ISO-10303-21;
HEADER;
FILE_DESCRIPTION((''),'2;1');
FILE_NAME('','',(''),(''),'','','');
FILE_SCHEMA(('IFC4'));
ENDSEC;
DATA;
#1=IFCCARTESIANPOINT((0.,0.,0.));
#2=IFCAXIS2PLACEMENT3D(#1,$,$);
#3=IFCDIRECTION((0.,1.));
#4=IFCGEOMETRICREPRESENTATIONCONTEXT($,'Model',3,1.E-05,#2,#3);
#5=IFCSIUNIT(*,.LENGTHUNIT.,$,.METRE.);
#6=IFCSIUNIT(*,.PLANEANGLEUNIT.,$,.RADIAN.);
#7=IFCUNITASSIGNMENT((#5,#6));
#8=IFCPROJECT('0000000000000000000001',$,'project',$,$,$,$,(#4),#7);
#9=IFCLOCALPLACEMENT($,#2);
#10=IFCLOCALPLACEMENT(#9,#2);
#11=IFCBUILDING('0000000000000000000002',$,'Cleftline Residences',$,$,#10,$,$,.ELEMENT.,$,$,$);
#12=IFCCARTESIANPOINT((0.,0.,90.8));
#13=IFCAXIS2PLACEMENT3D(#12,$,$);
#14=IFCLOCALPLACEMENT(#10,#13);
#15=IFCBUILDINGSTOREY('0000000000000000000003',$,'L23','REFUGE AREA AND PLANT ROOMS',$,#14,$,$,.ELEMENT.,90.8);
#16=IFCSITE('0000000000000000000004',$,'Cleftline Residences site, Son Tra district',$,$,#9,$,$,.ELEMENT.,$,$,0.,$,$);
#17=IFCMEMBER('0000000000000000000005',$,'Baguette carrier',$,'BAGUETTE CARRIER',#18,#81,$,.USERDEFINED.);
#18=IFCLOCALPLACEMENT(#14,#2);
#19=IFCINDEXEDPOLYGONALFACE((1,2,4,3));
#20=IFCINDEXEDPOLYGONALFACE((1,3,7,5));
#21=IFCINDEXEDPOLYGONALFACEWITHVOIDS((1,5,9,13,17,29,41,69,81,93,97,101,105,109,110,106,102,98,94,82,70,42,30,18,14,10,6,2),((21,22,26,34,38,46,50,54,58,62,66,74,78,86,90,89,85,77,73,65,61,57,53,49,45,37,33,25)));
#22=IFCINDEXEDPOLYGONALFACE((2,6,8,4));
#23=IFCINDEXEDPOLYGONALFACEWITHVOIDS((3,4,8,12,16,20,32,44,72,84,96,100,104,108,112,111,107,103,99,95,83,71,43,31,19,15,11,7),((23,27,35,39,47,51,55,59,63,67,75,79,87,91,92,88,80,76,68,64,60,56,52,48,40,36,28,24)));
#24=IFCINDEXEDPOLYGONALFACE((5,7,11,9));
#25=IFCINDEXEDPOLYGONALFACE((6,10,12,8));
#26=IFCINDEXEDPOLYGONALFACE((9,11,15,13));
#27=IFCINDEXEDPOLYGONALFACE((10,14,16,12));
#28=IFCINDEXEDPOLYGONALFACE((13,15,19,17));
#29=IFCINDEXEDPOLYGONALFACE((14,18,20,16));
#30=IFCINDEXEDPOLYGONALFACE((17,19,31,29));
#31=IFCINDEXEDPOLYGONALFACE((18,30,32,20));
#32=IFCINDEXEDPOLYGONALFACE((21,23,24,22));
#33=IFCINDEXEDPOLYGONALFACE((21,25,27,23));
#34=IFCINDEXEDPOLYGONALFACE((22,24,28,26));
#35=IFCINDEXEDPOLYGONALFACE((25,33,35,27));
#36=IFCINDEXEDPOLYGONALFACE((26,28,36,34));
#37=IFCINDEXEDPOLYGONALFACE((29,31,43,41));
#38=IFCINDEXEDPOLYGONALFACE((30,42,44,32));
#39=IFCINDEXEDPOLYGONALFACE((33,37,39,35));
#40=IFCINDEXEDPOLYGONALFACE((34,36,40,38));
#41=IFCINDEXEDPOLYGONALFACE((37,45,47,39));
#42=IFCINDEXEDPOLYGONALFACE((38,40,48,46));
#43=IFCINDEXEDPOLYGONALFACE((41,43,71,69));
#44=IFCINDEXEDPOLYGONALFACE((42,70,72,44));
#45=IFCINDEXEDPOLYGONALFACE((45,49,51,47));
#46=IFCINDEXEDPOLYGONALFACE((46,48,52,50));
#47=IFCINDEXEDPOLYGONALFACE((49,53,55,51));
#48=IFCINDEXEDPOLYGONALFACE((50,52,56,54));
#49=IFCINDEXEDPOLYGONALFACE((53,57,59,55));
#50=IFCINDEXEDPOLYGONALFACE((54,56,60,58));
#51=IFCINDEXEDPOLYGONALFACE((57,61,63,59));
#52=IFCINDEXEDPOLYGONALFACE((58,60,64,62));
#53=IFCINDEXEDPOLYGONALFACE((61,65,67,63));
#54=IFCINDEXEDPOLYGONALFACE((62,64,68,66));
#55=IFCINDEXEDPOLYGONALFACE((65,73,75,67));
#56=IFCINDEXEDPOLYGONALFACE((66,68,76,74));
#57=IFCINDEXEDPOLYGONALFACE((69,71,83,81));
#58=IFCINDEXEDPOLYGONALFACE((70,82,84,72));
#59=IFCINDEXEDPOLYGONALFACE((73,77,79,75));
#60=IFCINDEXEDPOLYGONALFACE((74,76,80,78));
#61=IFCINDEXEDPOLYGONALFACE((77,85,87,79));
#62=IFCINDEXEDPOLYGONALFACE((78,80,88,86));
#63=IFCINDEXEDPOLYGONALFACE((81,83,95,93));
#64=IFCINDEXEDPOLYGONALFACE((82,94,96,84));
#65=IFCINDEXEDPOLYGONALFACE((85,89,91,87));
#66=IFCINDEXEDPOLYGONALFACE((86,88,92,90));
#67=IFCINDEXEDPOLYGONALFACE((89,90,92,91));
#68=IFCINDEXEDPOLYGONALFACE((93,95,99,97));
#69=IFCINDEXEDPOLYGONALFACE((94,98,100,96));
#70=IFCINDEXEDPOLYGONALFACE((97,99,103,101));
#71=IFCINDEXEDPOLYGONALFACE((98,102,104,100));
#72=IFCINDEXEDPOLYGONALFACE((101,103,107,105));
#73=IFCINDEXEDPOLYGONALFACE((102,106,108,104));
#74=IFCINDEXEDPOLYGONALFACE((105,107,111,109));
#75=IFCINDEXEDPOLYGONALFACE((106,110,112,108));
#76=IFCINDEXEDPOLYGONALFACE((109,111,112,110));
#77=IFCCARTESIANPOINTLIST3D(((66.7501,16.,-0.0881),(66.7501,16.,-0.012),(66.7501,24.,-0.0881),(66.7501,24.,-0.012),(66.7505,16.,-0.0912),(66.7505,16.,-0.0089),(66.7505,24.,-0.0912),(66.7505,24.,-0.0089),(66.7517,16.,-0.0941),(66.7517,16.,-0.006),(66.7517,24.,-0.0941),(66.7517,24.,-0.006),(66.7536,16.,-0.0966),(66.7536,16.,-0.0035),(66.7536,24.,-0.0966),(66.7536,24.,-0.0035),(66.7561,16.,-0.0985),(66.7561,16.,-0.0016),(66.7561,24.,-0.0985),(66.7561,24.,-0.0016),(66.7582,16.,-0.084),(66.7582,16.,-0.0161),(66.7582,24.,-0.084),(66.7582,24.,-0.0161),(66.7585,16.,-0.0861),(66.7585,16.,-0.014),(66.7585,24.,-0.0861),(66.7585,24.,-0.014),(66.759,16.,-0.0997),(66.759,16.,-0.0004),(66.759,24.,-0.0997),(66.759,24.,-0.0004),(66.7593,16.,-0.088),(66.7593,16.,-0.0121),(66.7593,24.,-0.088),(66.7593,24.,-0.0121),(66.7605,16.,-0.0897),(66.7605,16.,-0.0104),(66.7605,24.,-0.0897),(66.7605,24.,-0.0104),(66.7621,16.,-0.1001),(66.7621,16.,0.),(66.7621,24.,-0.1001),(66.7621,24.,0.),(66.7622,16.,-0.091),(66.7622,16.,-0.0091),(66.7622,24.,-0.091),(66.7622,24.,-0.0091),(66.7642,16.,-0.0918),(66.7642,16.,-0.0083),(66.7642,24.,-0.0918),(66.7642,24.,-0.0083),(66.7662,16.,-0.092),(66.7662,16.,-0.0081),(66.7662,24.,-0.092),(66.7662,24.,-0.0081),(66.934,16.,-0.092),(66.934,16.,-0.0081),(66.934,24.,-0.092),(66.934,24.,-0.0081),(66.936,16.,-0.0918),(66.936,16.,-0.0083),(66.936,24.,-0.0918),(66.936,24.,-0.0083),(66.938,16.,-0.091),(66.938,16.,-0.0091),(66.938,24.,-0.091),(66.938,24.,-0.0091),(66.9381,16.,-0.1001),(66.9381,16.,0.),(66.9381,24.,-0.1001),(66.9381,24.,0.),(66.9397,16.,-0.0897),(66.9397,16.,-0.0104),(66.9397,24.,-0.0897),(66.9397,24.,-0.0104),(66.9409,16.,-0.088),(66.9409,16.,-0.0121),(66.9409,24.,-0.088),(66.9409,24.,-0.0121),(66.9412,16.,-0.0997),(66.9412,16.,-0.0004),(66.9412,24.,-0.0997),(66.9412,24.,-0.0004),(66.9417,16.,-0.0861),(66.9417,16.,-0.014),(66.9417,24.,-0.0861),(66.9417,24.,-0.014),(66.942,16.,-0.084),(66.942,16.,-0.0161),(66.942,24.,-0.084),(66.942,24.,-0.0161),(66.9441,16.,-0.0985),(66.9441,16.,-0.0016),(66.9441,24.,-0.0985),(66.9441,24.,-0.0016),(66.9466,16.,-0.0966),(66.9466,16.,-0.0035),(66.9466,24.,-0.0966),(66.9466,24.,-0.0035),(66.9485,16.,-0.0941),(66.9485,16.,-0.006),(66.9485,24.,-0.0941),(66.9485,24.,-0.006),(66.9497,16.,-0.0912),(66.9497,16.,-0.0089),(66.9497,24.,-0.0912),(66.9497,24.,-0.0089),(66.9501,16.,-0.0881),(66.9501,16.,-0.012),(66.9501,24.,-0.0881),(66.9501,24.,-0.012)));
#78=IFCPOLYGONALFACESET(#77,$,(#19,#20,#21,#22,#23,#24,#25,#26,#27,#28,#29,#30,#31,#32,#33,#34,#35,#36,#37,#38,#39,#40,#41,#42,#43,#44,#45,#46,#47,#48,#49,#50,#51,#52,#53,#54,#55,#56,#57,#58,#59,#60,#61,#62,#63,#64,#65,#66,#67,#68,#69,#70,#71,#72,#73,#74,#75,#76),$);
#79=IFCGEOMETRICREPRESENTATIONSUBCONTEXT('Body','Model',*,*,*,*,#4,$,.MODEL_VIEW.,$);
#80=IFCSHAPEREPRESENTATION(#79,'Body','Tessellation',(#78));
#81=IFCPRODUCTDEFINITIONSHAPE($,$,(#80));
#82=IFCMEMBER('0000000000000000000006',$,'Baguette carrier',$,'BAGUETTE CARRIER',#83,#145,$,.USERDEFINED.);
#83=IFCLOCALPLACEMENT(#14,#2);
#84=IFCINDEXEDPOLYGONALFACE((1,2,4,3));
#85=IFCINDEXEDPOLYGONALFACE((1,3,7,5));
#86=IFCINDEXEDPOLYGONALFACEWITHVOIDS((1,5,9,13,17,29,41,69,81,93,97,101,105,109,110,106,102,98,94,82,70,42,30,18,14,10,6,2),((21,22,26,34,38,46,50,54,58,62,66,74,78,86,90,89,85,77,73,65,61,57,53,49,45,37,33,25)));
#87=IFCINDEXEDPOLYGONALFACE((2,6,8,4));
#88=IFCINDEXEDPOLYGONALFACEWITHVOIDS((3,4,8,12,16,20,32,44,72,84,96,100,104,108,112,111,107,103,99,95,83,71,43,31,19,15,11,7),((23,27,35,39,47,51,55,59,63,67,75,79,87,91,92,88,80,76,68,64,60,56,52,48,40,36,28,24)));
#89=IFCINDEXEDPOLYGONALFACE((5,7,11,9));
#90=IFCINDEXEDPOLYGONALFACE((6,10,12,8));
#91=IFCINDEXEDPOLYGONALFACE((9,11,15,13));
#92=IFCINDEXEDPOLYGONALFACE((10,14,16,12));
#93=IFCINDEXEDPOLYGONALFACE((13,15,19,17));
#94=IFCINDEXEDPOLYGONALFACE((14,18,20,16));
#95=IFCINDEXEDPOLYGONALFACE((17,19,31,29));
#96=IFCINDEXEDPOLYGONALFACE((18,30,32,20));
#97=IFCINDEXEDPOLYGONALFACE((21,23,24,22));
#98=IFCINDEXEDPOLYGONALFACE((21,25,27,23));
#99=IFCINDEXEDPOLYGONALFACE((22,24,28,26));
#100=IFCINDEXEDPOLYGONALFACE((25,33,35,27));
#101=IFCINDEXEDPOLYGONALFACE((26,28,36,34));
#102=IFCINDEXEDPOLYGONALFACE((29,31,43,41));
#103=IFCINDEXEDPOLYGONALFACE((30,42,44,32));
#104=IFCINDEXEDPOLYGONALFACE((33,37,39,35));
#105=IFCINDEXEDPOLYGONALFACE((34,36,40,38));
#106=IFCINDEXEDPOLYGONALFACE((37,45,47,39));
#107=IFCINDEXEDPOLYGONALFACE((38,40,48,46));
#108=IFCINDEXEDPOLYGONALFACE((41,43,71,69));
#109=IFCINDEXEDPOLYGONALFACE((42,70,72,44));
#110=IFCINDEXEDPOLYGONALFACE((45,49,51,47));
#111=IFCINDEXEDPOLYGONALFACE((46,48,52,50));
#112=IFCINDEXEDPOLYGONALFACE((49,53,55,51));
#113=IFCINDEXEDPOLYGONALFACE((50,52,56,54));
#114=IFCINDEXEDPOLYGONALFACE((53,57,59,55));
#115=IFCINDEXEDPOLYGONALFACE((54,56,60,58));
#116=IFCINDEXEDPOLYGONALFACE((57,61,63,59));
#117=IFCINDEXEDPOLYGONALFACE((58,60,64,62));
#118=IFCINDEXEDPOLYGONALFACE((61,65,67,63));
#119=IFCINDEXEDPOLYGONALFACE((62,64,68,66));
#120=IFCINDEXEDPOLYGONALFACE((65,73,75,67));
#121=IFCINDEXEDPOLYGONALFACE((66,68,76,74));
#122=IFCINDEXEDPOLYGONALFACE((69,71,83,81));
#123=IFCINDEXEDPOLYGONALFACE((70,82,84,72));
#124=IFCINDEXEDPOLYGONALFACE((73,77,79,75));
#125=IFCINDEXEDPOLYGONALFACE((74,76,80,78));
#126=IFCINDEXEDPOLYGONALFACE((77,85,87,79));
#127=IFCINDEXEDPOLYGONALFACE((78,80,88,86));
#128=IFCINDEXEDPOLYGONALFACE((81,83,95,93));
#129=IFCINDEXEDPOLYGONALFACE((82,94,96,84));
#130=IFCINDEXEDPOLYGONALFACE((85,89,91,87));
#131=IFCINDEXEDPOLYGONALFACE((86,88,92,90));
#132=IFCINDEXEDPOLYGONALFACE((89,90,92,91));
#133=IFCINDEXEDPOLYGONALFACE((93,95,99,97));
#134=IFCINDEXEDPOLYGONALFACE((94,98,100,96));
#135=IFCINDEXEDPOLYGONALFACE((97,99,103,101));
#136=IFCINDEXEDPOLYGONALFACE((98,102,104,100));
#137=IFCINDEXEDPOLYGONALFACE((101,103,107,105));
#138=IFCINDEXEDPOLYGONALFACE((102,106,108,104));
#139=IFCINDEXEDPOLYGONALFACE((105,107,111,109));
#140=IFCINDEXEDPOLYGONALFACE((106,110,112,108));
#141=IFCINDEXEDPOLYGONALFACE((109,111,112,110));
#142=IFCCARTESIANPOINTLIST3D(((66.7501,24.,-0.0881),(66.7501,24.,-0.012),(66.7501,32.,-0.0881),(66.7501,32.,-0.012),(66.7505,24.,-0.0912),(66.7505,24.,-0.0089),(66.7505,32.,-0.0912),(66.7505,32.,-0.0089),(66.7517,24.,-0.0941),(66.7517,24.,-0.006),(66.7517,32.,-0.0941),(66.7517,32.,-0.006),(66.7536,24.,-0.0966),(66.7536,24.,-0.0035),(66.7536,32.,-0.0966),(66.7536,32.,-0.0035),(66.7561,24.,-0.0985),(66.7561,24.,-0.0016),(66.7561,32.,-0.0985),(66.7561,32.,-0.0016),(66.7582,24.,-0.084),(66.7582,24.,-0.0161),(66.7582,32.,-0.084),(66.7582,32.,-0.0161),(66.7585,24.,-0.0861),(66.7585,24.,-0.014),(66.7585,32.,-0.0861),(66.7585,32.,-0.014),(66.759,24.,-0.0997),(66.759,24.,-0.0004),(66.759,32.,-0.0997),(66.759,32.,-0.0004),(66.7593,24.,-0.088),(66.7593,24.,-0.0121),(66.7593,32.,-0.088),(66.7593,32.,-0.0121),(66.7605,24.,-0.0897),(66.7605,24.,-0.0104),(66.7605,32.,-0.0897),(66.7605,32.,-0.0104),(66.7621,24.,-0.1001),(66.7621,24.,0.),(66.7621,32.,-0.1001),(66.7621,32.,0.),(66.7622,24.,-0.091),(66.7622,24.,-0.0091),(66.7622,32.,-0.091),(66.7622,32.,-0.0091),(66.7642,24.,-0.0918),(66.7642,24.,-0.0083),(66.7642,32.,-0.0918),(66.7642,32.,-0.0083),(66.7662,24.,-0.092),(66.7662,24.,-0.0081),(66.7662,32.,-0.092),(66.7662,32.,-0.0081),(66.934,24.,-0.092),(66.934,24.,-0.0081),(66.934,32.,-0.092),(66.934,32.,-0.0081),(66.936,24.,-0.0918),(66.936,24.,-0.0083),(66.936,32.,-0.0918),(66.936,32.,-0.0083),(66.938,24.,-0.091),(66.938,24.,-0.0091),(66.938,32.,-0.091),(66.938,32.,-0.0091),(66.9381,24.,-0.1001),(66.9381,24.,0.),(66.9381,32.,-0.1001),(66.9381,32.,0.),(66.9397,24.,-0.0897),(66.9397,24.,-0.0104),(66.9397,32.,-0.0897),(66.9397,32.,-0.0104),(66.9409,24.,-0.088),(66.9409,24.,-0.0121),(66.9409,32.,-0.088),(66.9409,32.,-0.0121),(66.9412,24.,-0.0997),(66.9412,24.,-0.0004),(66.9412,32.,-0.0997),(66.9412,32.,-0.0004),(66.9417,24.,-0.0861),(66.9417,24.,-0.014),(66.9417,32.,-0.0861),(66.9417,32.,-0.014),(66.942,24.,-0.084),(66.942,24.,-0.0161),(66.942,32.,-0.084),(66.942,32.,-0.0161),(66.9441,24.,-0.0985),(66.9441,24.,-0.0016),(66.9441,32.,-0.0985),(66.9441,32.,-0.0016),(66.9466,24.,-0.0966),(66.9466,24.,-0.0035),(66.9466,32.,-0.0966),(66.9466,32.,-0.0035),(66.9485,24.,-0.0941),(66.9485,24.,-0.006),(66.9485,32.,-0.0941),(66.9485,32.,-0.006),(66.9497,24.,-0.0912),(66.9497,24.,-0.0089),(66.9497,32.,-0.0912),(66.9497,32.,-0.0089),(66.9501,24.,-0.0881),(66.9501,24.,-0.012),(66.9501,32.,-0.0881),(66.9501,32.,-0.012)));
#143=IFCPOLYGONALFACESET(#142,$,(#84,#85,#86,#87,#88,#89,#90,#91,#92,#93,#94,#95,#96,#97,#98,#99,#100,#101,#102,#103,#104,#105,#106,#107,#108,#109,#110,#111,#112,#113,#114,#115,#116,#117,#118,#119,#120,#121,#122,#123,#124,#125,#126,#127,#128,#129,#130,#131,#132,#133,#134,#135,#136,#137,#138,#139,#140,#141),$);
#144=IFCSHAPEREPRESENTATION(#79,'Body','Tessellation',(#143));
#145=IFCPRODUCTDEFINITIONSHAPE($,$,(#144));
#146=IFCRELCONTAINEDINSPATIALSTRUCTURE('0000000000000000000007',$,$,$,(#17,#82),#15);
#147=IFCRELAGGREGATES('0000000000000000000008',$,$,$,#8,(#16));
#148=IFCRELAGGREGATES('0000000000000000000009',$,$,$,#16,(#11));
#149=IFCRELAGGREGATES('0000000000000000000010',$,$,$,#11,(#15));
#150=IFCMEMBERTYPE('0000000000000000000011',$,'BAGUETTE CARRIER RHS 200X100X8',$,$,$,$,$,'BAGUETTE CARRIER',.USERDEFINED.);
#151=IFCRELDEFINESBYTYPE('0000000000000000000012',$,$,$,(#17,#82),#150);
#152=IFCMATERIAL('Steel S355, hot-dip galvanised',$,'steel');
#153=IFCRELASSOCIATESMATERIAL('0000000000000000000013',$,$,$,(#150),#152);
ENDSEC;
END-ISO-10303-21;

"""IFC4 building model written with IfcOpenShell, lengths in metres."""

from ifc_helpers import new_model, si_unit, direction, frame, origin, origin_2d, place, context, subcontext, project, spatial, hollow_rectangle, extrude, material, material_profile, profile_set, type_object, element, save


model = new_model("IFC4")

# Units and contexts
model_context = context("Model", 3, precision=1e-05, world=origin(), true_north=direction((0.0, 1.0)))
body_context = subcontext(model_context, "Body", "Model", "MODEL_VIEW")
ifc_project = project(units=[si_unit("LENGTHUNIT", "METRE"), si_unit("PLANEANGLEUNIT", "RADIAN")], contexts=[model_context])

# Site, building, storey
site_placement = place(None, origin())
site = spatial("IfcSite", under=ifc_project, at=site_placement, Name="Cleftline Residences site, Son Tra district", CompositionType="ELEMENT", RefElevation=0.0)
building_placement = place(site_placement, origin())
building = spatial("IfcBuilding", under=site, at=building_placement, Name="Cleftline Residences", CompositionType="ELEMENT")
storey_placement = place(building_placement, frame((0.0, 0.0, 90.8)))
storey = spatial("IfcBuildingStorey", under=building, at=storey_placement, Name="L23", Description="REFUGE AREA AND PLANT ROOMS", CompositionType="ELEMENT", Elevation=90.8)

# Members
ifc_material_1 = material(Name="Steel S355, hot-dip galvanised", Category="steel")
ifc_material_profile_1 = material_profile(ifc_material_1, hollow_rectangle(XDim=0.1001, YDim=0.2, WallThickness=0.0081, InnerFilletRadius=0.0081, OuterFilletRadius=0.012, at=origin_2d()))
ifc_profile_set_1 = profile_set([ifc_material_profile_1], Name="Steel S355, hot-dip galvanised")
member_type_1 = type_object("IfcMemberType", Name="BAGUETTE CARRIER RHS 200X100X8", ElementType="BAGUETTE CARRIER", PredefinedType="USERDEFINED", material=ifc_profile_set_1)
for number, where, z_axis, x_axis, name in (
    (1, (66.8501, 16.0, -0.05), (0.0, 1.0, 0.0), (0.0, 0.0, 1.0), "Baguette carrier"),
    (2, (66.8501, 24.0, -0.05), (0.0, 1.0, 0.0), (0.0, 0.0, 1.0), "Baguette carrier"),
):
    element("IfcMember", number, at=place(storey_placement, frame(where, z_axis=z_axis, x_axis=x_axis)), inside=storey, type_object=member_type_1, Name=name, ObjectType="BAGUETTE CARRIER", PredefinedType="USERDEFINED", context=body_context, shape_type="SweptSolid", body=[
        extrude(hollow_rectangle(XDim=0.1001, YDim=0.2, WallThickness=0.0081, InnerFilletRadius=0.0081, OuterFilletRadius=0.012, at=origin_2d()), origin(), (0.0, 0.0, 1.0), 8.0),
    ])

save(model, "model.ifc")
